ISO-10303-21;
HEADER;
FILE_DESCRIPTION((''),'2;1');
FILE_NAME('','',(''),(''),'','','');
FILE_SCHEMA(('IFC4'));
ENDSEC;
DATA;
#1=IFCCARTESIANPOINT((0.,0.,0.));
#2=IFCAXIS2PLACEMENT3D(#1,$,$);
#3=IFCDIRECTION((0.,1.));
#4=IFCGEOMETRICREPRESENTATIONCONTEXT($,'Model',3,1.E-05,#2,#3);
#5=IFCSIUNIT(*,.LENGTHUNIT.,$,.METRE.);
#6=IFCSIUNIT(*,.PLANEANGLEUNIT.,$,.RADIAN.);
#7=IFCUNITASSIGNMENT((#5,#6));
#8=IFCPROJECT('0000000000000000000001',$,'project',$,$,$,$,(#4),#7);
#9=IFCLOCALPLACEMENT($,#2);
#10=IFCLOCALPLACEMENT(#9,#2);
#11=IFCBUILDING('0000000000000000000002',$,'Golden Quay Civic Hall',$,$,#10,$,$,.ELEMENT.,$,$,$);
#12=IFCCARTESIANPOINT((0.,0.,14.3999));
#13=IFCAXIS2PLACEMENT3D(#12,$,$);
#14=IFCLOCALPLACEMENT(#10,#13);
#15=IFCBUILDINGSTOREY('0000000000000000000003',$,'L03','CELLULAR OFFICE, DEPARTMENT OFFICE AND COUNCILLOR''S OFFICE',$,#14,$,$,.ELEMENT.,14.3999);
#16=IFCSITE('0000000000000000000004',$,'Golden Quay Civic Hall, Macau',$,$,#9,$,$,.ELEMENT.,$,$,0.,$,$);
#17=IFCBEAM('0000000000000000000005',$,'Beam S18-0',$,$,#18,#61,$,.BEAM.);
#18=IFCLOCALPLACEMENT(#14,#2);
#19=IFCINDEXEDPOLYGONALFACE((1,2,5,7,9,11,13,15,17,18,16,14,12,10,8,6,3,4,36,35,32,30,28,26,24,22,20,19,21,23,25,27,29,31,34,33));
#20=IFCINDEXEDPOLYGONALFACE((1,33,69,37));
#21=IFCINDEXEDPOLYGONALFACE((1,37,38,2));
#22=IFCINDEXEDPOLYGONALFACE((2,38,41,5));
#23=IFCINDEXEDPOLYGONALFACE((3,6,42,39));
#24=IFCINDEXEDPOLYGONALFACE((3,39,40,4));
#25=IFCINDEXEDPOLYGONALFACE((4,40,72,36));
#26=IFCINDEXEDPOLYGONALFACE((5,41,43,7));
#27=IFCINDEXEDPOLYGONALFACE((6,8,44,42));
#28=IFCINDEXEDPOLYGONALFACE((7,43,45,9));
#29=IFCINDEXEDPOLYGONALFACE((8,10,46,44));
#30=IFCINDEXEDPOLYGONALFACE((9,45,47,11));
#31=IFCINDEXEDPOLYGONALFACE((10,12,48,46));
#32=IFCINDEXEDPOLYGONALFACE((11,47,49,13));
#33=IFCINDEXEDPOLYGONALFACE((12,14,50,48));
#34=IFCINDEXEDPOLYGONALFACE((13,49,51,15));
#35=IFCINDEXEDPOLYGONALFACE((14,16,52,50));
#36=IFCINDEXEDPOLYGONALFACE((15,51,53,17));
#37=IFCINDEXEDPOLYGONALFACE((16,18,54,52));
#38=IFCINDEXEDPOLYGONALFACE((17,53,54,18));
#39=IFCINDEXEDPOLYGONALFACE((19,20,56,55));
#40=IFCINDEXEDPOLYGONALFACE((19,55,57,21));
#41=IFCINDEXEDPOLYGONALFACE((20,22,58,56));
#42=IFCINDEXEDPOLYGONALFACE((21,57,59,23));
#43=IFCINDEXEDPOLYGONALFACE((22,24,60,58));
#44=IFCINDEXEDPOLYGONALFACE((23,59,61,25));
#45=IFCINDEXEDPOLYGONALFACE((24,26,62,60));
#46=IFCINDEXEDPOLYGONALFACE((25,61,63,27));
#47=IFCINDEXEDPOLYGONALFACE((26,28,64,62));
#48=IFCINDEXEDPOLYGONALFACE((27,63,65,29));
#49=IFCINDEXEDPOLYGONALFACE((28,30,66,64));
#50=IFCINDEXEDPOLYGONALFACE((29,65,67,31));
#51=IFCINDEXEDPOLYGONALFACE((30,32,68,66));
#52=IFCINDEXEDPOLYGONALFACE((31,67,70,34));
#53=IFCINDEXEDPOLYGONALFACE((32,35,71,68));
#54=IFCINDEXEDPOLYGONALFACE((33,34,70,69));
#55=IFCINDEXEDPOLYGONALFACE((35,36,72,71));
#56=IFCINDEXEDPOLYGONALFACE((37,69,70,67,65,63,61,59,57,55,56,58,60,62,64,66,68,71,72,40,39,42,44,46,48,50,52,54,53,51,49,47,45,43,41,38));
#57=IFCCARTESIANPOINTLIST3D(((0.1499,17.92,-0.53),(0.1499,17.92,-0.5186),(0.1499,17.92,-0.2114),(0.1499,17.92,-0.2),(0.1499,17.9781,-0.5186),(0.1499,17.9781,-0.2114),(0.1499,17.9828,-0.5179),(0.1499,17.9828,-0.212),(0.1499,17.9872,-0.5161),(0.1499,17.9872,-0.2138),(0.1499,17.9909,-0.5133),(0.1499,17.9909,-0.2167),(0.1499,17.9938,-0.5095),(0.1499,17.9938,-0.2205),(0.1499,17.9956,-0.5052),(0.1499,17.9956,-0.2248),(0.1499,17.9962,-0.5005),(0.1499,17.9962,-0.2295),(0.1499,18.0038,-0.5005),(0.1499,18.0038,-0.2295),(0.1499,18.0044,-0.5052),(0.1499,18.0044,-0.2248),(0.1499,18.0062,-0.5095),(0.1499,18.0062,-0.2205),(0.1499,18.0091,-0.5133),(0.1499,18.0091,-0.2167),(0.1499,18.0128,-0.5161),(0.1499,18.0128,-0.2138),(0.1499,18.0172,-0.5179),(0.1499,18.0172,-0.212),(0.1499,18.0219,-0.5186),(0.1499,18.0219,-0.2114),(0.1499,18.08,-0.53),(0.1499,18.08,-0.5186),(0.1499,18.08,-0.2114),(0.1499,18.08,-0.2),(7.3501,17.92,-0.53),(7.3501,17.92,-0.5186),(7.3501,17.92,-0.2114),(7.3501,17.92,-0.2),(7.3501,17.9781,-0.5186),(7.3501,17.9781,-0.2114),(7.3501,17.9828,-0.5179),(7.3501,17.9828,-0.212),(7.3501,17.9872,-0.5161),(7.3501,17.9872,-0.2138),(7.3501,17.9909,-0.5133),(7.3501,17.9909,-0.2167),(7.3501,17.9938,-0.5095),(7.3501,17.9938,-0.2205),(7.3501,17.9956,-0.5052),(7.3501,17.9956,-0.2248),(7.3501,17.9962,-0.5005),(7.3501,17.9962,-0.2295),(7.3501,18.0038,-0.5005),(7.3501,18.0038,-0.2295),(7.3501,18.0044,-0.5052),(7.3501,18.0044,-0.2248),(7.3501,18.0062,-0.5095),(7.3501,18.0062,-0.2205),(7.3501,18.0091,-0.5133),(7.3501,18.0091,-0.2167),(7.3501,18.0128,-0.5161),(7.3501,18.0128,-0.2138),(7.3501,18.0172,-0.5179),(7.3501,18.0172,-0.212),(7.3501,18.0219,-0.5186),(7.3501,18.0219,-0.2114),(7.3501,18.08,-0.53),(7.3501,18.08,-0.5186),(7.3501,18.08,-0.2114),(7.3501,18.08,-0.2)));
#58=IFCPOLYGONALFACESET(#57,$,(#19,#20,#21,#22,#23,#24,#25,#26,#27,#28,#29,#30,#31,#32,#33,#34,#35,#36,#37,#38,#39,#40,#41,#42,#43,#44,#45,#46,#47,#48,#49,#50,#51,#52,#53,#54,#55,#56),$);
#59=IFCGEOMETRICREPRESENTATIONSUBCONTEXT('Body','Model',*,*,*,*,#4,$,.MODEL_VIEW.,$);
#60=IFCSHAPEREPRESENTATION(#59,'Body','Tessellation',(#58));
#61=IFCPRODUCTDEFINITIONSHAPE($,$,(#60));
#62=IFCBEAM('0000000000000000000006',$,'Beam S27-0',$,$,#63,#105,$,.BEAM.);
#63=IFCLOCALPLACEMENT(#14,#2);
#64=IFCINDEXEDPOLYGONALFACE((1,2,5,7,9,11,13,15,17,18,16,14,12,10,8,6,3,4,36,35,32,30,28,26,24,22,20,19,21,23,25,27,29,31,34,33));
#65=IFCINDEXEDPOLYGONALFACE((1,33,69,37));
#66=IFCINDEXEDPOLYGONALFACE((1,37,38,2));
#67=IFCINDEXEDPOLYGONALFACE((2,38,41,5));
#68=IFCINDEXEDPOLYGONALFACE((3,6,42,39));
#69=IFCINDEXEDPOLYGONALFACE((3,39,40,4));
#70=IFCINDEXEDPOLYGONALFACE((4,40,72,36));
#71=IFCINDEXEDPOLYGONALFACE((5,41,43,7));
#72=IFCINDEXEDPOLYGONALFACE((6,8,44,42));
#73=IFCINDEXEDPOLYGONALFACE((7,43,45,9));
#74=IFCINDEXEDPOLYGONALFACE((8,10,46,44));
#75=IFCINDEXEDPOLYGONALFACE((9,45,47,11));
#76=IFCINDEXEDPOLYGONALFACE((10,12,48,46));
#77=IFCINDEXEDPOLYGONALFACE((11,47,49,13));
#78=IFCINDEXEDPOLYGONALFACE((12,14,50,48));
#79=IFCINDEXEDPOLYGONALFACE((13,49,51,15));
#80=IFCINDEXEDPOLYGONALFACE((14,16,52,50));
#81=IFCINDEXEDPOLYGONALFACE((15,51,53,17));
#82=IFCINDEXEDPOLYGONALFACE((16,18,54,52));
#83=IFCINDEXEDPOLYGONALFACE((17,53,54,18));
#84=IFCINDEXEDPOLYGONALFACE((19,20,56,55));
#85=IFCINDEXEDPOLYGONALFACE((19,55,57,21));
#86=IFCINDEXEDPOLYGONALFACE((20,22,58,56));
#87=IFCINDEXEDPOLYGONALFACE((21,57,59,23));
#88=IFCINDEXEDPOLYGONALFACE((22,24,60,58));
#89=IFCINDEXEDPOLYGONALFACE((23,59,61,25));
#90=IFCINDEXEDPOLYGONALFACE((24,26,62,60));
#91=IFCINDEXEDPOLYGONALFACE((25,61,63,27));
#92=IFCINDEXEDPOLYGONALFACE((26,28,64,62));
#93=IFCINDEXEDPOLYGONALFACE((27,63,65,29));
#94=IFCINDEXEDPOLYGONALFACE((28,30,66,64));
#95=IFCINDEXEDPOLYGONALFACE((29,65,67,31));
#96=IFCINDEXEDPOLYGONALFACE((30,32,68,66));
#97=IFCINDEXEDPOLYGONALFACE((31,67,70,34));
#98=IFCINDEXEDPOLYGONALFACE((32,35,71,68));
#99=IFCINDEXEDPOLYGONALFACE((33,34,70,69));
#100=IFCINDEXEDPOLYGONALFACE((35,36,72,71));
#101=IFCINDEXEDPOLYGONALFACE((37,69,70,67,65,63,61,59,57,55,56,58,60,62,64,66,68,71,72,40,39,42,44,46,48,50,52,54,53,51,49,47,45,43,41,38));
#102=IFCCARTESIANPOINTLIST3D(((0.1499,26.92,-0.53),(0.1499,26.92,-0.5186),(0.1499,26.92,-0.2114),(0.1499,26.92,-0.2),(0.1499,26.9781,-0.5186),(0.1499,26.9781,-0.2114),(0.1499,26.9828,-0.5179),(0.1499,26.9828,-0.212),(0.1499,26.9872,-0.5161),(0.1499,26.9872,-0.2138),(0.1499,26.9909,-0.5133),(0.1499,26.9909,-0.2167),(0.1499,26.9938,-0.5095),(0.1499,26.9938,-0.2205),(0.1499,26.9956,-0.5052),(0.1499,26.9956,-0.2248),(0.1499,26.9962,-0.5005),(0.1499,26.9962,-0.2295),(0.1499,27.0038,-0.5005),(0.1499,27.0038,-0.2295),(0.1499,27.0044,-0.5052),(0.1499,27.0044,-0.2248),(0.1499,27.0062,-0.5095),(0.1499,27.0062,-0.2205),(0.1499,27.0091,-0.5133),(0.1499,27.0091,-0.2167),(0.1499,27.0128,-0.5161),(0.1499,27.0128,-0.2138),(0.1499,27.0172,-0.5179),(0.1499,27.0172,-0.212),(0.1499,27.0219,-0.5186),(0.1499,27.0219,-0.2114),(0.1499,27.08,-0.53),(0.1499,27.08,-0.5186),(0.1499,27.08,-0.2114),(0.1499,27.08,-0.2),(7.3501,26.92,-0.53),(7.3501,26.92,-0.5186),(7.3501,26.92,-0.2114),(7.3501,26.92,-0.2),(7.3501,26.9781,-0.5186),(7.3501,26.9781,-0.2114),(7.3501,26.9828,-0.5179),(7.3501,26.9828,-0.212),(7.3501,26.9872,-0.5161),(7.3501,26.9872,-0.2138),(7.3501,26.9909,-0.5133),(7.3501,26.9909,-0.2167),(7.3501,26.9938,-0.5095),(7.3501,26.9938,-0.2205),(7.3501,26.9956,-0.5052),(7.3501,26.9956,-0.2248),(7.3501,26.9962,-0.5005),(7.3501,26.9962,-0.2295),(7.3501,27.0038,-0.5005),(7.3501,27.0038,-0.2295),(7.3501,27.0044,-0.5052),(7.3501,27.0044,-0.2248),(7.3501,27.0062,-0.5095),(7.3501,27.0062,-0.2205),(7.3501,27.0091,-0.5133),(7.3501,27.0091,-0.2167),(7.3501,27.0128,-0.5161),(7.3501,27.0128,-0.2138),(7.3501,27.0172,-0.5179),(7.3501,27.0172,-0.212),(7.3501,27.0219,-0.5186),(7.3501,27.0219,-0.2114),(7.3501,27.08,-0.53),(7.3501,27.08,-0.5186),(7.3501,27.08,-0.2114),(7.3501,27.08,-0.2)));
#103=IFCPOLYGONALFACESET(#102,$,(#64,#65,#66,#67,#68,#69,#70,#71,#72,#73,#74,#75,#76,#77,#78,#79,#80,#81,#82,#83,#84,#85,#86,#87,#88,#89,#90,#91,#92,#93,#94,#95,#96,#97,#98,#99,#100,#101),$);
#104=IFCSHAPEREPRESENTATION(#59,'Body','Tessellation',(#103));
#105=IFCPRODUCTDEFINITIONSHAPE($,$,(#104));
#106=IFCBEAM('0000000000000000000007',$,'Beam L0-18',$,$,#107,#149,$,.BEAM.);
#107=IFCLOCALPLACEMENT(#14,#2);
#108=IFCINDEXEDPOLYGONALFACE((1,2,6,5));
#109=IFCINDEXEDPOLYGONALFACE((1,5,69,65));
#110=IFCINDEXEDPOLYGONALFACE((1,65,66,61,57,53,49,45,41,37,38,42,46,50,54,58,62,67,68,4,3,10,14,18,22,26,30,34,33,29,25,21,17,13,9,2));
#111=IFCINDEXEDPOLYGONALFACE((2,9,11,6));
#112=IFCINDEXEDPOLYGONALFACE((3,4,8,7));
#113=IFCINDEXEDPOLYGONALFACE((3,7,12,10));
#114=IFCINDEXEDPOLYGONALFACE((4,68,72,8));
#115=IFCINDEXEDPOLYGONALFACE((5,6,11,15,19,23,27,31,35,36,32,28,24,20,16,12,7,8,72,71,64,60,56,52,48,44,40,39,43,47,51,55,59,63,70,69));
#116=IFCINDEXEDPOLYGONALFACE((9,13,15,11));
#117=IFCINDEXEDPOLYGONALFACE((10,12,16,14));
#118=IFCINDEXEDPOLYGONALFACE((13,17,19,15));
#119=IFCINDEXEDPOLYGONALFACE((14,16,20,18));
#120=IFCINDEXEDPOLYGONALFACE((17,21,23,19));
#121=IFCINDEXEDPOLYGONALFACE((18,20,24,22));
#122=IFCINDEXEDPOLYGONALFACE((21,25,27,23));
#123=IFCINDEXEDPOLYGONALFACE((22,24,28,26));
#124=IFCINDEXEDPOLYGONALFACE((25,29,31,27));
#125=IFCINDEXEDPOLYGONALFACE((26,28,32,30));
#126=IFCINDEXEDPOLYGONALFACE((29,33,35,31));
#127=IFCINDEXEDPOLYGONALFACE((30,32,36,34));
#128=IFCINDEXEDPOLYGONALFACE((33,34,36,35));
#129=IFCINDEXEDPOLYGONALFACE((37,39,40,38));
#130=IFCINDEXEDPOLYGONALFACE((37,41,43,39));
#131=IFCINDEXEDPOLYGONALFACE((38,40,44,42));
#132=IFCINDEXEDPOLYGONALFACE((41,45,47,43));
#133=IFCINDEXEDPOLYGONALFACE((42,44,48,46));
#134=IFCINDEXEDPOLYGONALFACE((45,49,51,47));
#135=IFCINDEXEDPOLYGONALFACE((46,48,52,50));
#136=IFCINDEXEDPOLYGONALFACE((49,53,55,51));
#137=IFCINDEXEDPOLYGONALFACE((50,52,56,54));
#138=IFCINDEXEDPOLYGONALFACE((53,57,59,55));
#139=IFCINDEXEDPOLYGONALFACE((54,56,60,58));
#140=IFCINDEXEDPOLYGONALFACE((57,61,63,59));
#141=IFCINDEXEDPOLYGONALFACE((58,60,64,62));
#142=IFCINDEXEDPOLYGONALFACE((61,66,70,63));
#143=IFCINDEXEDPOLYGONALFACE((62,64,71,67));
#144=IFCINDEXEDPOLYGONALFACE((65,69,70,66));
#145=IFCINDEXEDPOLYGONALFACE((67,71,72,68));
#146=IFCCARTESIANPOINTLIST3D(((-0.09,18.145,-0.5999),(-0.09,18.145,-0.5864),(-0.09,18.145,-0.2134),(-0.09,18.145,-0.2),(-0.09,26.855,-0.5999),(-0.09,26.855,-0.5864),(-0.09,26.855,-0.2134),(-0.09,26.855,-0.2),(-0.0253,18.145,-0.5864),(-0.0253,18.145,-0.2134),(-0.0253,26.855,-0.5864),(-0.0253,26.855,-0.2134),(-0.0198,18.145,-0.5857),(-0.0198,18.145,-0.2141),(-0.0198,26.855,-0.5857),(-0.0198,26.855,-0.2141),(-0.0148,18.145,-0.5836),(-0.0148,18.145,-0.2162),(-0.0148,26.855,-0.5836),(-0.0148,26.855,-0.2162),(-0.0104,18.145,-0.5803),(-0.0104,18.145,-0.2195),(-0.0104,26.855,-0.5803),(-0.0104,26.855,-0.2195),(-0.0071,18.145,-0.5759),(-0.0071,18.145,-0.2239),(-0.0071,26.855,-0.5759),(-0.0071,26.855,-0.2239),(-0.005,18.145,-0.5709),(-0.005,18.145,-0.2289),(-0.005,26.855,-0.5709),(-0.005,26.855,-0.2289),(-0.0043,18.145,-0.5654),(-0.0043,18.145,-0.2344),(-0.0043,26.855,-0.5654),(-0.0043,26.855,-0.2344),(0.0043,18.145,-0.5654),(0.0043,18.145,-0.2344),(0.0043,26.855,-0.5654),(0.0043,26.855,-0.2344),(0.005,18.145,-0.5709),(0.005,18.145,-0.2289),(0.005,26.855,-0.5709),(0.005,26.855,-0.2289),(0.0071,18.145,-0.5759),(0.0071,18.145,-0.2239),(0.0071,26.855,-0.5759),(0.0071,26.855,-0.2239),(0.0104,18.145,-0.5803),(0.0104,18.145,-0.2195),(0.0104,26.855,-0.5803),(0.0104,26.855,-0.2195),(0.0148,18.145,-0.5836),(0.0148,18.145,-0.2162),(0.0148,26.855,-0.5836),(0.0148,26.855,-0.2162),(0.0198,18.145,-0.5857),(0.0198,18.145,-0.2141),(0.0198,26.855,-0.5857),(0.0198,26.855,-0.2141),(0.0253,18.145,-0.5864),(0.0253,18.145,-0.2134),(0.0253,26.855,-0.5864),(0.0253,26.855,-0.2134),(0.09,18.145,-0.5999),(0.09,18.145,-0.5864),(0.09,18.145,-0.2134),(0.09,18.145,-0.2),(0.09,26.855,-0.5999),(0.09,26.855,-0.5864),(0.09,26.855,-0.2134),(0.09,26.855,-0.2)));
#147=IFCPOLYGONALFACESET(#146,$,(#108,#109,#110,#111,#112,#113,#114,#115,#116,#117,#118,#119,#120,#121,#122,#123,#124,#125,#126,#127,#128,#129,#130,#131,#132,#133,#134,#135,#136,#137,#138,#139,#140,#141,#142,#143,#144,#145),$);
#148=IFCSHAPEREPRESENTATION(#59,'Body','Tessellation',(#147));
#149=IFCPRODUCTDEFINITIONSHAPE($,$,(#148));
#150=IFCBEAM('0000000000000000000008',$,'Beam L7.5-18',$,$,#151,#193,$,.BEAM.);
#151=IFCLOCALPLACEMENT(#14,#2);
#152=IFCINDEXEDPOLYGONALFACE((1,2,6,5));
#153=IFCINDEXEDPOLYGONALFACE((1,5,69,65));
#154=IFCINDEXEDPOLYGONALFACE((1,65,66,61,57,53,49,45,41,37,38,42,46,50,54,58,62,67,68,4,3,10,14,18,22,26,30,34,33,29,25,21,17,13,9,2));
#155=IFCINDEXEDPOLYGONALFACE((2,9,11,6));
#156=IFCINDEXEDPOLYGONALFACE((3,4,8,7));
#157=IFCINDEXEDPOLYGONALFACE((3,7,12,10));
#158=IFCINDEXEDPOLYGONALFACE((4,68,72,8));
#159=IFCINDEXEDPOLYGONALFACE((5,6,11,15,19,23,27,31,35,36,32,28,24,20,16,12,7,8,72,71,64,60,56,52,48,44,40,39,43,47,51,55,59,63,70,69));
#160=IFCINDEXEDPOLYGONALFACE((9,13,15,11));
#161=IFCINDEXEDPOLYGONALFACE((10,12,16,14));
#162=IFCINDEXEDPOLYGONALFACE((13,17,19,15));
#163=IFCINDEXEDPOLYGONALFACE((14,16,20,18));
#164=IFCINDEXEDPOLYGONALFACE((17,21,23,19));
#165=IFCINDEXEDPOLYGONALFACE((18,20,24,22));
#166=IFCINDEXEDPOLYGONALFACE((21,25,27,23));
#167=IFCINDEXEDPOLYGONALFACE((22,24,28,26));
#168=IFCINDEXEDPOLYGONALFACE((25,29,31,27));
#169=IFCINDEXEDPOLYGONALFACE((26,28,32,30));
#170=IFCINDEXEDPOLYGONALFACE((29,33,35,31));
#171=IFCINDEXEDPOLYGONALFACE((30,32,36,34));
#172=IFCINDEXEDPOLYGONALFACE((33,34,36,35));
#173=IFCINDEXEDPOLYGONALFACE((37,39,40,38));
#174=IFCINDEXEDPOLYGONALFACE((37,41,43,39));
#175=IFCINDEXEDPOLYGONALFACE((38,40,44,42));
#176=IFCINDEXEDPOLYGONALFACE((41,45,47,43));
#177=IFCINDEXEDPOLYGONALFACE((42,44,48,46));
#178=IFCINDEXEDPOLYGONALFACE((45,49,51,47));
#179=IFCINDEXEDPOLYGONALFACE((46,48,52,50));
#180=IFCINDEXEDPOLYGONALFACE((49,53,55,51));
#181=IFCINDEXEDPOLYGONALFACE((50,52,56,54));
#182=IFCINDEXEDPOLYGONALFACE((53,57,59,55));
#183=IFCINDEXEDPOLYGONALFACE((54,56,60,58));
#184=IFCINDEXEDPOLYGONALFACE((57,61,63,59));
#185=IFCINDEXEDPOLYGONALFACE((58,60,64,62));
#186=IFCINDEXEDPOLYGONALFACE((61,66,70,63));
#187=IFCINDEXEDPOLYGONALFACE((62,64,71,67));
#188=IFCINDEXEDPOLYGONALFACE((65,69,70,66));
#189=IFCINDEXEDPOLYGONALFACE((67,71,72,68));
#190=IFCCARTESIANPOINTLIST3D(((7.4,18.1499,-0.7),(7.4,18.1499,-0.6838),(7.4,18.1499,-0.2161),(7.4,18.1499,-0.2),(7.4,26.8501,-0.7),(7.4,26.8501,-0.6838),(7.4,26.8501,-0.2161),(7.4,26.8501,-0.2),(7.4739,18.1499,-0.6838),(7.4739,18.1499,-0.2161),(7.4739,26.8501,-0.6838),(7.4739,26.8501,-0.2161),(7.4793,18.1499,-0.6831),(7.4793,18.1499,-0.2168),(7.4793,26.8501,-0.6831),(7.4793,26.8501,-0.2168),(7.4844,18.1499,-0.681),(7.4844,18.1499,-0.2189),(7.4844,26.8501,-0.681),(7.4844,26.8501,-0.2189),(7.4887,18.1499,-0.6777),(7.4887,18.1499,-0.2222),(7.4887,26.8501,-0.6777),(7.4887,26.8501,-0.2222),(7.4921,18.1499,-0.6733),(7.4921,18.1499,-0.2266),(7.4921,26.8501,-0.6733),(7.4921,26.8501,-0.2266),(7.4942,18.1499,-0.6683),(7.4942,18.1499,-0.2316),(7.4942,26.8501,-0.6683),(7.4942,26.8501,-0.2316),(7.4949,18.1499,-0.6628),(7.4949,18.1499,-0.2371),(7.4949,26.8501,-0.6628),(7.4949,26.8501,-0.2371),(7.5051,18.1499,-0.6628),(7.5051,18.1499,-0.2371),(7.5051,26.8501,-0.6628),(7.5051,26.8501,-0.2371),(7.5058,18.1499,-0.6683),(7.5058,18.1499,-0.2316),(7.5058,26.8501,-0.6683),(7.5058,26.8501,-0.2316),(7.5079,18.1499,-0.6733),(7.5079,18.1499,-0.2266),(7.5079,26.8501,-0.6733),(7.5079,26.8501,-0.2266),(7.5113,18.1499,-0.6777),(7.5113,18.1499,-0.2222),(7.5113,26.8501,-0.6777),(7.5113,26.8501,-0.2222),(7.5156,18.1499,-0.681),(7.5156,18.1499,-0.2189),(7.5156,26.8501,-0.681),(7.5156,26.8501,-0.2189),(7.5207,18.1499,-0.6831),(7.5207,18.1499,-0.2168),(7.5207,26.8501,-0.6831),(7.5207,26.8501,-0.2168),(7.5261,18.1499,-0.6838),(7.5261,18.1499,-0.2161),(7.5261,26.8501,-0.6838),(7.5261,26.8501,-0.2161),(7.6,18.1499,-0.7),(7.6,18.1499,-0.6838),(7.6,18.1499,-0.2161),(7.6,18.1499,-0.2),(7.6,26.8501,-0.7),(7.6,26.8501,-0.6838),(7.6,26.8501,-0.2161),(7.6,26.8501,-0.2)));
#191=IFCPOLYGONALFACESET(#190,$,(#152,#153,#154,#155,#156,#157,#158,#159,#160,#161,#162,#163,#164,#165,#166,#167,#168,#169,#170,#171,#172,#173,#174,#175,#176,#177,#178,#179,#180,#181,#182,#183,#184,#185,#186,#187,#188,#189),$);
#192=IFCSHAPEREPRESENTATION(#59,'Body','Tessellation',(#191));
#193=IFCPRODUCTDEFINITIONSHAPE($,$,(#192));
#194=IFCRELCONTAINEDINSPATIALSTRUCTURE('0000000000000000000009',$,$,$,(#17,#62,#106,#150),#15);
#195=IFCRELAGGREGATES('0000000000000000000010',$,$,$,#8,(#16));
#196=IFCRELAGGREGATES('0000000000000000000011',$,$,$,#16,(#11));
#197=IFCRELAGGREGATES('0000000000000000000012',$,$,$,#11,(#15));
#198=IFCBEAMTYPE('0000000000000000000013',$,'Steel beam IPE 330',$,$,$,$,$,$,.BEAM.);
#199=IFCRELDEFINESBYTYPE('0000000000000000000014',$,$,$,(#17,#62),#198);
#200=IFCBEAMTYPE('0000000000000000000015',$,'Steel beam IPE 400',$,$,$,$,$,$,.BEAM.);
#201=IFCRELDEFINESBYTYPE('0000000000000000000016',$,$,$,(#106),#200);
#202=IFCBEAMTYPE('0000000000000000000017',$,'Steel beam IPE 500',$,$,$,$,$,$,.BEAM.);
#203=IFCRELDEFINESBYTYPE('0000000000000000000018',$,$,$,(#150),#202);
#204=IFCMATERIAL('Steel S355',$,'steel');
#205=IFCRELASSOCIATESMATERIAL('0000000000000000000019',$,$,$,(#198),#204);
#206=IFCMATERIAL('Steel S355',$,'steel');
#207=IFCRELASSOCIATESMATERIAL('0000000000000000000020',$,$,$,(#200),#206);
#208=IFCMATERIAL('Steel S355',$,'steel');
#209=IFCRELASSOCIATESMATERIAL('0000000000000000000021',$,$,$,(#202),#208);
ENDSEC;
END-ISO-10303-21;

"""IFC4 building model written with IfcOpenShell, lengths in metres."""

from ifc_helpers import new_model, si_unit, direction, frame, origin, origin_2d, place, context, subcontext, project, spatial, i_section, extrude, material, material_profile, profile_set, type_object, element, save


model = new_model("IFC4")

# Units and contexts
model_context = context("Model", 3, precision=1e-05, world=origin(), true_north=direction((0.0, 1.0)))
body_context = subcontext(model_context, "Body", "Model", "MODEL_VIEW")
ifc_project = project(units=[si_unit("LENGTHUNIT", "METRE"), si_unit("PLANEANGLEUNIT", "RADIAN")], contexts=[model_context])

# Site, building, storey
site_placement = place(None, origin())
site = spatial("IfcSite", under=ifc_project, at=site_placement, Name="Golden Quay Civic Hall, Macau", CompositionType="ELEMENT", RefElevation=0.0)
building_placement = place(site_placement, origin())
building = spatial("IfcBuilding", under=site, at=building_placement, Name="Golden Quay Civic Hall", CompositionType="ELEMENT")
storey_placement = place(building_placement, frame((0.0, 0.0, 14.3999)))
storey = spatial("IfcBuildingStorey", under=building, at=storey_placement, Name="L03", Description="CELLULAR OFFICE, DEPARTMENT OFFICE AND COUNCILLOR'S OFFICE", CompositionType="ELEMENT", Elevation=14.3999)

# Beams
ifc_material_1 = material(Name="Steel S355", Category="steel")
ifc_material_profile_1 = material_profile(ifc_material_1, i_section(OverallWidth=0.1599, OverallDepth=0.3301, WebThickness=0.0076, FlangeThickness=0.0115, FilletRadius=0.0181, at=origin_2d()), Name="IPE 330")
ifc_profile_set_1 = profile_set([ifc_material_profile_1], Name="Steel S355")
beam_type_1 = type_object("IfcBeamType", Name="Steel beam IPE 330", PredefinedType="BEAM", material=ifc_profile_set_1)
for number, where, z_axis, x_axis, name in (
    (1, (0.1499, 18.0, -0.365), (1.0, 0.0, 0.0), (0.0, 1.0, 0.0), "Beam S18-0"),
    (2, (0.1499, 27.0, -0.365), (1.0, 0.0, 0.0), (0.0, 1.0, 0.0), "Beam S27-0"),
):
    element("IfcBeam", number, at=place(storey_placement, frame(where, z_axis=z_axis, x_axis=x_axis)), inside=storey, type_object=beam_type_1, Name=name, PredefinedType="BEAM", context=body_context, shape_type="SweptSolid", body=[
        extrude(i_section(OverallWidth=0.1599, OverallDepth=0.3301, WebThickness=0.0076, FlangeThickness=0.0115, FilletRadius=0.0181, at=origin_2d()), origin(), (0.0, 0.0, 1.0), 7.2002),
    ])
ifc_material_2 = material(Name="Steel S355", Category="steel")
ifc_material_profile_2 = material_profile(ifc_material_2, i_section(OverallWidth=0.1799, OverallDepth=0.3999, WebThickness=0.0085, FlangeThickness=0.0134, FilletRadius=0.021, at=origin_2d()), Name="IPE 400")
ifc_profile_set_2 = profile_set([ifc_material_profile_2], Name="Steel S355")
beam_type_2 = type_object("IfcBeamType", Name="Steel beam IPE 400", PredefinedType="BEAM", material=ifc_profile_set_2)
beam_1_placement = place(storey_placement, frame((0.0, 18.145, -0.3999), z_axis=(0.0, 1.0, 0.0), x_axis=(-1.0, 0.0, 0.0)))
element("IfcBeam", 3, at=beam_1_placement, inside=storey, type_object=beam_type_2, Name="Beam L0-18", PredefinedType="BEAM", context=body_context, shape_type="SweptSolid", body=[
    extrude(i_section(OverallWidth=0.1799, OverallDepth=0.3999, WebThickness=0.0085, FlangeThickness=0.0134, FilletRadius=0.021, at=origin_2d()), origin(), (0.0, 0.0, 1.0), 8.71),
])
ifc_material_3 = material(Name="Steel S355", Category="steel")
ifc_material_profile_3 = material_profile(ifc_material_3, i_section(OverallWidth=0.2, OverallDepth=0.5, WebThickness=0.0103, FlangeThickness=0.0161, FilletRadius=0.021, at=origin_2d()), Name="IPE 500")
ifc_profile_set_3 = profile_set([ifc_material_profile_3], Name="Steel S355")
beam_type_3 = type_object("IfcBeamType", Name="Steel beam IPE 500", PredefinedType="BEAM", material=ifc_profile_set_3)
beam_2_placement = place(storey_placement, frame((7.5, 18.1499, -0.45), z_axis=(0.0, 1.0, 0.0), x_axis=(-1.0, 0.0, 0.0)))
element("IfcBeam", 4, at=beam_2_placement, inside=storey, type_object=beam_type_3, Name="Beam L7.5-18", PredefinedType="BEAM", context=body_context, shape_type="SweptSolid", body=[
    extrude(i_section(OverallWidth=0.2, OverallDepth=0.5, WebThickness=0.0103, FlangeThickness=0.0161, FilletRadius=0.021, at=origin_2d()), origin(), (0.0, 0.0, 1.0), 8.7002),
])

save(model, "model.ifc")
